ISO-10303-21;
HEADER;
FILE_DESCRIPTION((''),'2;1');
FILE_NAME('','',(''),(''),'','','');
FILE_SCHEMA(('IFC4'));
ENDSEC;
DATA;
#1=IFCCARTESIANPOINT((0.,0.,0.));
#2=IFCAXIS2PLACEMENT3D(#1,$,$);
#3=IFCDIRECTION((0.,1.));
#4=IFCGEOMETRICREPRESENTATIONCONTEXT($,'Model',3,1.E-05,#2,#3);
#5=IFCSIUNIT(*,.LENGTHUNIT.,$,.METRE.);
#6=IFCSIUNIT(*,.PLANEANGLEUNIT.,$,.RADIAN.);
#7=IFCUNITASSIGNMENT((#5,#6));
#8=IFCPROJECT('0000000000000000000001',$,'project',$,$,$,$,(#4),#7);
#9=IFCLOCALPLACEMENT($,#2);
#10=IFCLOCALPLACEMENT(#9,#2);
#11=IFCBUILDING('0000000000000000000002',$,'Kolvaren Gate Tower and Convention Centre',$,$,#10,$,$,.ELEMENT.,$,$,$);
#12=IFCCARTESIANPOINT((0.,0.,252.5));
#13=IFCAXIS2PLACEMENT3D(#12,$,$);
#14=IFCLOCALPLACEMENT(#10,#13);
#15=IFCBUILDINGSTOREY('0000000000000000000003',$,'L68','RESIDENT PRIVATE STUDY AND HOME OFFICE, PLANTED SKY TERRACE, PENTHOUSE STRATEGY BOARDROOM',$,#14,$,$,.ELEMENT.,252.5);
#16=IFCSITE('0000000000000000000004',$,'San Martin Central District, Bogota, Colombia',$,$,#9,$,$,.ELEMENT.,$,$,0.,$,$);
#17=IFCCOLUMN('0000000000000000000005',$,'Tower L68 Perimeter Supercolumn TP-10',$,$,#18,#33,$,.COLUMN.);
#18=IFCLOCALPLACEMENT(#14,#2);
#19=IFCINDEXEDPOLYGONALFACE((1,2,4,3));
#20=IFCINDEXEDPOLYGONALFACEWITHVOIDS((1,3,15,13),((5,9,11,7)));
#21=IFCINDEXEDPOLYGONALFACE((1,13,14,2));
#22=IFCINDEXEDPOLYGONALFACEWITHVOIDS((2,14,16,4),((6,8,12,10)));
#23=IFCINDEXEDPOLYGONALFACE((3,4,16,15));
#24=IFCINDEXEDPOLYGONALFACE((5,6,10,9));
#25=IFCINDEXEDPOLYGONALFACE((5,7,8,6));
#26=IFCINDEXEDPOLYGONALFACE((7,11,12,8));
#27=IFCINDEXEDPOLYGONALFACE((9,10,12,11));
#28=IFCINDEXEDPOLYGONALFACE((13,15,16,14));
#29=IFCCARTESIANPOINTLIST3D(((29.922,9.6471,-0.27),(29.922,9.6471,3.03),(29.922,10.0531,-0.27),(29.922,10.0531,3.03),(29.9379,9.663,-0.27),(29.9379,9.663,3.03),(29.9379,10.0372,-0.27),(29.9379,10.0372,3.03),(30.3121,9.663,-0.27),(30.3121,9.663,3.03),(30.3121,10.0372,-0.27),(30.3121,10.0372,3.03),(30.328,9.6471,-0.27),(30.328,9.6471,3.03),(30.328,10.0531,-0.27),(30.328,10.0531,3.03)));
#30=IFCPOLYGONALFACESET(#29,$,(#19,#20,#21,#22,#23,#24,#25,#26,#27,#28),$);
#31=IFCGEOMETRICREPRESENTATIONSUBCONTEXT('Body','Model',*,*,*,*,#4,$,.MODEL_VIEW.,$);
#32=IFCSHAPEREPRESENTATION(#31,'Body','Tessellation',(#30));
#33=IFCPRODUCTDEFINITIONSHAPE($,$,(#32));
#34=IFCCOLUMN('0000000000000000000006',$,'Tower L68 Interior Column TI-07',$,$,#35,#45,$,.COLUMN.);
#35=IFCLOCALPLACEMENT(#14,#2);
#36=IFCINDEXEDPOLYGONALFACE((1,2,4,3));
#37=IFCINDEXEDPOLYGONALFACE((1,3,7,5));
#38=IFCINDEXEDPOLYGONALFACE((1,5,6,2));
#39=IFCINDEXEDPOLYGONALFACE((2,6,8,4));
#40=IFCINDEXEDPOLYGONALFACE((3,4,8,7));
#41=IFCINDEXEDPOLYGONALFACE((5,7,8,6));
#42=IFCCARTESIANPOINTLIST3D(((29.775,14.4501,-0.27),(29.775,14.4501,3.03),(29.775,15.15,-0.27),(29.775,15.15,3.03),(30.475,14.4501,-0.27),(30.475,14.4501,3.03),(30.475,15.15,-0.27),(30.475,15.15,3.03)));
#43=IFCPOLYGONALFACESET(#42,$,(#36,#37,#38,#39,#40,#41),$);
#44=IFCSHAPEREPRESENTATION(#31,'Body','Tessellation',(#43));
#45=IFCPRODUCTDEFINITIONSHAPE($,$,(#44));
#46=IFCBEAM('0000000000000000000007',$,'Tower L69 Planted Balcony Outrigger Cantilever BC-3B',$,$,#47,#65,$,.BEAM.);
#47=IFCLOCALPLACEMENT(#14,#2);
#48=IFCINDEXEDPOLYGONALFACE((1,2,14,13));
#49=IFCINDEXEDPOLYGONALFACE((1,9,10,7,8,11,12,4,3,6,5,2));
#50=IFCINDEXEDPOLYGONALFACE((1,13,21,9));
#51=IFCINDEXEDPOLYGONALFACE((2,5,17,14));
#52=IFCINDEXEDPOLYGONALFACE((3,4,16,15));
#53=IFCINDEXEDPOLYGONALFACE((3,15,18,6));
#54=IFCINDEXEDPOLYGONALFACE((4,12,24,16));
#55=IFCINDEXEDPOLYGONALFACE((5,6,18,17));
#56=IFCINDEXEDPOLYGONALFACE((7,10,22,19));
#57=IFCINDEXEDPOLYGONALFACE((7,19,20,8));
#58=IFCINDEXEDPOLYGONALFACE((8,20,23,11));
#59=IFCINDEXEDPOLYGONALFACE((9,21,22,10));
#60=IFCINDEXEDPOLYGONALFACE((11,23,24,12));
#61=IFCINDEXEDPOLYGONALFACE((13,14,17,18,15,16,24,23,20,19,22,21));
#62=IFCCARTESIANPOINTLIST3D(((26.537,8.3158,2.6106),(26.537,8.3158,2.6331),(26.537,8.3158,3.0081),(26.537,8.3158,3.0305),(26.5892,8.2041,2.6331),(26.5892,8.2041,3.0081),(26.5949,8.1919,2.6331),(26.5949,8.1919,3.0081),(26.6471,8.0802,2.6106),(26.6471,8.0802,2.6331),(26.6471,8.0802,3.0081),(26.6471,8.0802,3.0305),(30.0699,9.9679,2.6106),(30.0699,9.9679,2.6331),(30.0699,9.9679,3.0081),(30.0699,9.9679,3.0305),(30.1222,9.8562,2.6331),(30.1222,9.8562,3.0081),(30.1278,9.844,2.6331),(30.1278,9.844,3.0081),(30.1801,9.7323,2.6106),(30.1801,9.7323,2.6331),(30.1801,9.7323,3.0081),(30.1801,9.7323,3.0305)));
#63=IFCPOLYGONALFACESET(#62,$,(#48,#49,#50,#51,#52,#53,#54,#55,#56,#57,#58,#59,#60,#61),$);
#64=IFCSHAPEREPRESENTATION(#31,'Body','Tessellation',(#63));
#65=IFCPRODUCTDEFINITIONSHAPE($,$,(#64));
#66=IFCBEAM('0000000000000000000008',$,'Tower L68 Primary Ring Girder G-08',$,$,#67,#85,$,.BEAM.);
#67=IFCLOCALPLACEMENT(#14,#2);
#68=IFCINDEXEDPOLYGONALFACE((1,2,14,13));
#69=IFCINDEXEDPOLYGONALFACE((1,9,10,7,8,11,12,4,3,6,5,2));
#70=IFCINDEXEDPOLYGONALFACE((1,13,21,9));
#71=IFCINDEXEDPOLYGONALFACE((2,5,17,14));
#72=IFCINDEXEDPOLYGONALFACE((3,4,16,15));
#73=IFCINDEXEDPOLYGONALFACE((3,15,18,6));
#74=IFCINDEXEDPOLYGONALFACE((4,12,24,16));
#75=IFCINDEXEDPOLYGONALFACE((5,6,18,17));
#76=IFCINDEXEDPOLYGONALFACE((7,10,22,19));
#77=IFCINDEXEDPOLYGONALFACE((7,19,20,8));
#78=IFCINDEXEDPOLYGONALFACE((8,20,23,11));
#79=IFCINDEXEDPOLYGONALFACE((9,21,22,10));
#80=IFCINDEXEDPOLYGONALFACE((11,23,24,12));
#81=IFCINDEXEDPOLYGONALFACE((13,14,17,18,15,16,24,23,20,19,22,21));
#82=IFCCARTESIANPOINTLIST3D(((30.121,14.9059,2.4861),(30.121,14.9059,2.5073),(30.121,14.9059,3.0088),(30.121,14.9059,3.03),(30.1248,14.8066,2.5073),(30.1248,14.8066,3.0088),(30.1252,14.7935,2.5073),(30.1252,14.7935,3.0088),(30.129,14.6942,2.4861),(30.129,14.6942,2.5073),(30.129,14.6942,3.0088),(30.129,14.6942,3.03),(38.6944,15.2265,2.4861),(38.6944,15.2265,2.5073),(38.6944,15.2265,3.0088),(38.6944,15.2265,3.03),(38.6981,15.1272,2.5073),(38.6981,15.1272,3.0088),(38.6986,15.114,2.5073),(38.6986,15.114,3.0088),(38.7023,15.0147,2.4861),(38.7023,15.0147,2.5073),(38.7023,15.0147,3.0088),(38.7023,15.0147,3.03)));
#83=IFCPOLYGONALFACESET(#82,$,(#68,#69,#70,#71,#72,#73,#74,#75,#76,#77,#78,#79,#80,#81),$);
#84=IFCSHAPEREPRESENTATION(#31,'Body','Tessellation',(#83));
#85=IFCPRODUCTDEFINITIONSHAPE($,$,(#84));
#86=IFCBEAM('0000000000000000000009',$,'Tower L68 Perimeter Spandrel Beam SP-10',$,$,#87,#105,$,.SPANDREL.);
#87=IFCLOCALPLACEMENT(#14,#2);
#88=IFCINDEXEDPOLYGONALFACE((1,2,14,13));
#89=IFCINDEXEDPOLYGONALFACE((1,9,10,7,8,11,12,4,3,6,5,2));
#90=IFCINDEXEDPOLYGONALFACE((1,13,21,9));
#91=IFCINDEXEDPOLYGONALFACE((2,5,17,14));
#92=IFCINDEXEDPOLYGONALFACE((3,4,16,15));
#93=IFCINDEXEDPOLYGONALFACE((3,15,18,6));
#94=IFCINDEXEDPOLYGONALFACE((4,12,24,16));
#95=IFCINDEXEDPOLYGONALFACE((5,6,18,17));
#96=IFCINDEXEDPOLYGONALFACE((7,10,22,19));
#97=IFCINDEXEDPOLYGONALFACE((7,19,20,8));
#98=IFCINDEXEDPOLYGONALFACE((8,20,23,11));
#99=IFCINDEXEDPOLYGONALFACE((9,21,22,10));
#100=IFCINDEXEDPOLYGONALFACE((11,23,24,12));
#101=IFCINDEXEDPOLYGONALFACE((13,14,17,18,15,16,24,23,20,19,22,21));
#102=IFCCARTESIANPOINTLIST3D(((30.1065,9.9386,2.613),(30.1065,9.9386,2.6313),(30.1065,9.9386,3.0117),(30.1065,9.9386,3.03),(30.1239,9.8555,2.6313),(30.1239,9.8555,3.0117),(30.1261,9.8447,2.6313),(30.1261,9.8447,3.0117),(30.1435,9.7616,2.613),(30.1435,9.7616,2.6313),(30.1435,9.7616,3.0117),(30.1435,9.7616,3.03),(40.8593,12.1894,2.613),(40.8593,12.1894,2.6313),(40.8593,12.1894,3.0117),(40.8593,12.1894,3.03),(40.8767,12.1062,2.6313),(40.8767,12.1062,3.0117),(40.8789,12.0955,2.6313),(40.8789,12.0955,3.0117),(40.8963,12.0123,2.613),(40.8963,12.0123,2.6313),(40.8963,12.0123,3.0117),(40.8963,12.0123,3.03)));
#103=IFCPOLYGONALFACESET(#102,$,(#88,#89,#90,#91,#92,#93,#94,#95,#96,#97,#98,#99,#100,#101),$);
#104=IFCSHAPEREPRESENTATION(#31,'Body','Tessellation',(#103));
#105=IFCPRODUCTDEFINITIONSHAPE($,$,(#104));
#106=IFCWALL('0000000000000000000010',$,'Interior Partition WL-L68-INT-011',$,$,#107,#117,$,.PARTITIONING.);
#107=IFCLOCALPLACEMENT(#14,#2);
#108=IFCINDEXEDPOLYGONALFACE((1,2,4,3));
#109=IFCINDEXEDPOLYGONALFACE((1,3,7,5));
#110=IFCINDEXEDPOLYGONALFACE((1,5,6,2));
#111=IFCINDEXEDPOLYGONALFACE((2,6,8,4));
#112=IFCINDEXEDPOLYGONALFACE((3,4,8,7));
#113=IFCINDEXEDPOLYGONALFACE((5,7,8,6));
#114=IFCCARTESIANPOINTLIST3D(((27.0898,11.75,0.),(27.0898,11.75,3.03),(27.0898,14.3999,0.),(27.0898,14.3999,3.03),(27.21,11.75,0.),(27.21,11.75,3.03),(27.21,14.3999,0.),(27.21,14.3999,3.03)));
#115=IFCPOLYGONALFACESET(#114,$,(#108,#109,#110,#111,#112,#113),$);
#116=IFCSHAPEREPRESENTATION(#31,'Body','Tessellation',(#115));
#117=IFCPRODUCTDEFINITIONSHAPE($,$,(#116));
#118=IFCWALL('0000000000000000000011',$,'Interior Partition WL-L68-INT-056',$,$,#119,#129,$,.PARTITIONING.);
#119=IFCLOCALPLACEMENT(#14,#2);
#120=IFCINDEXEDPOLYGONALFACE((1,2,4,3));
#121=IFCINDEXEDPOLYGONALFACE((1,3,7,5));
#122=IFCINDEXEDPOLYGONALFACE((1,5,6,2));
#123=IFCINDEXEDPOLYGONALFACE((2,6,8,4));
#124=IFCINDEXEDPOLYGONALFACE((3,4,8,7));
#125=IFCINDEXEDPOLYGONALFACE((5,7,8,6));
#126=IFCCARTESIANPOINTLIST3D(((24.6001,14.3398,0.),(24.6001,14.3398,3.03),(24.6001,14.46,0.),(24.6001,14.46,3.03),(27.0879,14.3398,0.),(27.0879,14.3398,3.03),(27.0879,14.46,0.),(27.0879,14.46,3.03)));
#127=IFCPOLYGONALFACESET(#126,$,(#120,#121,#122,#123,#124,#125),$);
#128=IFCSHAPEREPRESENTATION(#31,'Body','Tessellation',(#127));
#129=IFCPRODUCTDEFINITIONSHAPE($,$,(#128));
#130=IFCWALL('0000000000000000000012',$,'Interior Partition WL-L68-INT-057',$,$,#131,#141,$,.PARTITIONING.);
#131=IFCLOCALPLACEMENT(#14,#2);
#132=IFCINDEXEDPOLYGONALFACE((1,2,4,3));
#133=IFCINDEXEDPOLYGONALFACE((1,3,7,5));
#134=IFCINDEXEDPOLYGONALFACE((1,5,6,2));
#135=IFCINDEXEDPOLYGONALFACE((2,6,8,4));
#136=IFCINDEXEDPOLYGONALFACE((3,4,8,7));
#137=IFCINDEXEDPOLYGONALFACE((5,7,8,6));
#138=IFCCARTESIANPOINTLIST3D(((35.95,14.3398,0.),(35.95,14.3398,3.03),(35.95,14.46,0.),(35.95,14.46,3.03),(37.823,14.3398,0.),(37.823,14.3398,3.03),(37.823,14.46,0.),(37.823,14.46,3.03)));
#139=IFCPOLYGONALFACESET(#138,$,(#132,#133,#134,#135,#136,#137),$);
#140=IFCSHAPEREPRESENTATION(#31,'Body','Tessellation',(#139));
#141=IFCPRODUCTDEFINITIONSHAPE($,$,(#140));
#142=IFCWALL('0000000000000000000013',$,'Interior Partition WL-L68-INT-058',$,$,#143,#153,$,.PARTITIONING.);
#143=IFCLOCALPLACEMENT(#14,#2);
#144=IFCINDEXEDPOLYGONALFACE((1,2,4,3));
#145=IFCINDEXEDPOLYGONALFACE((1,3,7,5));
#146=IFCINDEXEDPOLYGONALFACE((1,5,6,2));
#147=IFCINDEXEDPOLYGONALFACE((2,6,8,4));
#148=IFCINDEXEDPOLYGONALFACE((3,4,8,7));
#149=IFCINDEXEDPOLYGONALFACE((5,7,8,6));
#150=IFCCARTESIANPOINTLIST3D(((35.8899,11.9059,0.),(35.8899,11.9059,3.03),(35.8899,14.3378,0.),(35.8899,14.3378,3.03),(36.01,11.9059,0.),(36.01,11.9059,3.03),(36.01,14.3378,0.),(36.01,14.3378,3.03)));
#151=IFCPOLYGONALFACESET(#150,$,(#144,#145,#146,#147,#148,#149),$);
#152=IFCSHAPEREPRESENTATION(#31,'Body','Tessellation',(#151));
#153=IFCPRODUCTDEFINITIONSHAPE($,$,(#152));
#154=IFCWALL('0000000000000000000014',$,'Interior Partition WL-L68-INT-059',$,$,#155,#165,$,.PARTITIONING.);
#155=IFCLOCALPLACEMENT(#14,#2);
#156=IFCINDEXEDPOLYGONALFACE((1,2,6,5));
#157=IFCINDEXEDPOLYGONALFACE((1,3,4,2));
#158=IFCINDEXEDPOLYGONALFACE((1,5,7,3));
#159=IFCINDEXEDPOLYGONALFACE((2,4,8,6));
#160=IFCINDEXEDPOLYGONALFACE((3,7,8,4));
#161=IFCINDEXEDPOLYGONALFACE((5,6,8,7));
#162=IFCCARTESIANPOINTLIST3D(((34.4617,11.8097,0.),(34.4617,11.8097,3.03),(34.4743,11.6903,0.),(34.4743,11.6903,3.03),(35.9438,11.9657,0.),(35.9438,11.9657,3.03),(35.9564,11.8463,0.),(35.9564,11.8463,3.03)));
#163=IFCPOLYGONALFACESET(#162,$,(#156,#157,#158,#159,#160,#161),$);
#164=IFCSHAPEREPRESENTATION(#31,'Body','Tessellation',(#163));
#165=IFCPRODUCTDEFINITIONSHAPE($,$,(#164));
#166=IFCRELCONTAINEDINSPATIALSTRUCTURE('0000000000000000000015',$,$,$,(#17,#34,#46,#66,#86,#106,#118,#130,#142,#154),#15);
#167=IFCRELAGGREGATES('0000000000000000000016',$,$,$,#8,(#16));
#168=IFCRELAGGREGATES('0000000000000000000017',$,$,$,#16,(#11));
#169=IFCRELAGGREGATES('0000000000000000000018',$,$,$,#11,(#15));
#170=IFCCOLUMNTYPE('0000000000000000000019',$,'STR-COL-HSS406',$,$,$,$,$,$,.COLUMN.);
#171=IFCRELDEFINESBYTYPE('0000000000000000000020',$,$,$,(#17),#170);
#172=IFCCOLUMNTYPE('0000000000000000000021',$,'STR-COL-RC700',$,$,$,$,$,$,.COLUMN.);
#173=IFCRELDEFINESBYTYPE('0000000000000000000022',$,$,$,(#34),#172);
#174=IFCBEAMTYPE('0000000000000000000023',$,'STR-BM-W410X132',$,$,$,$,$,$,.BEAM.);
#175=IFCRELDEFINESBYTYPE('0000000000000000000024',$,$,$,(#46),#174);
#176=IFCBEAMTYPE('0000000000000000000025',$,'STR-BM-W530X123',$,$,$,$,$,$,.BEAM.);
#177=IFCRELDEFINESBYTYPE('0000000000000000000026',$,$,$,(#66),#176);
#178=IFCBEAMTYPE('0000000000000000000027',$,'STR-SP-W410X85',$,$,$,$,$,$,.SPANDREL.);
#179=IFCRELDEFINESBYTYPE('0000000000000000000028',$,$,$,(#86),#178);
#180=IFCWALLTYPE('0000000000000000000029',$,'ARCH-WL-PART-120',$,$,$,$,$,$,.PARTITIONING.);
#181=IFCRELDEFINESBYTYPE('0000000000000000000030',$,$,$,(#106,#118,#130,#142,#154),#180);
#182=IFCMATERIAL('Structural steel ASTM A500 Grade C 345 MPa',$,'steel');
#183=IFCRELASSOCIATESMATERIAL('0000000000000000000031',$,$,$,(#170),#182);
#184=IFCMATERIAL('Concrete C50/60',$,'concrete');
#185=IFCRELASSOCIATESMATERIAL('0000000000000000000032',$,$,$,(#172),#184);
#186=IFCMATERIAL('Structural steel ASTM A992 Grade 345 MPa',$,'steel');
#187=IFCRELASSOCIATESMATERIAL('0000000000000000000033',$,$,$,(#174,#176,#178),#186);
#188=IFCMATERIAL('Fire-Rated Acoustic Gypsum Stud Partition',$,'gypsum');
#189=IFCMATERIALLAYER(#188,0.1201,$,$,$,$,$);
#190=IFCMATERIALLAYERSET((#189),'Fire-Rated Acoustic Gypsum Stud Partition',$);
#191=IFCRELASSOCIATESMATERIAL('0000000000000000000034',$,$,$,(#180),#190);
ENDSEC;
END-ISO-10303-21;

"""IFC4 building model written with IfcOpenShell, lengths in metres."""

from ifc_helpers import new_model, si_unit, direction, frame, frame_2d, origin, origin_2d, place, context, subcontext, project, spatial, rectangle, hollow_rectangle, i_section, extrude, material, layer, layer_set, material_profile, profile_set, type_object, element, save


model = new_model("IFC4")

# Units and contexts
model_context = context("Model", 3, precision=1e-05, world=origin(), true_north=direction((0.0, 1.0)))
body_context = subcontext(model_context, "Body", "Model", "MODEL_VIEW")
ifc_project = project(units=[si_unit("LENGTHUNIT", "METRE"), si_unit("PLANEANGLEUNIT", "RADIAN")], contexts=[model_context])

# Site, building, storey
site_placement = place(None, origin())
site = spatial("IfcSite", under=ifc_project, at=site_placement, Name="San Martin Central District, Bogota, Colombia", CompositionType="ELEMENT", RefElevation=0.0)
building_placement = place(site_placement, origin())
building = spatial("IfcBuilding", under=site, at=building_placement, Name="Kolvaren Gate Tower and Convention Centre", CompositionType="ELEMENT")
storey_placement = place(building_placement, frame((0.0, 0.0, 252.5)))
storey = spatial("IfcBuildingStorey", under=building, at=storey_placement, Name="L68", Description="RESIDENT PRIVATE STUDY AND HOME OFFICE, PLANTED SKY TERRACE, PENTHOUSE STRATEGY BOARDROOM", CompositionType="ELEMENT", Elevation=252.5)

# Columns
ifc_material_1 = material(Name="Structural steel ASTM A500 Grade C 345 MPa", Category="steel")
ifc_material_profile_1 = material_profile(ifc_material_1, hollow_rectangle(XDim=0.406, YDim=0.406, WallThickness=0.0159, at=origin_2d()), Name="HSS406X406X15.9")
ifc_profile_set_1 = profile_set([ifc_material_profile_1], Name="Structural steel ASTM A500 Grade C 345 MPa")
column_type_1 = type_object("IfcColumnType", Name="STR-COL-HSS406", PredefinedType="COLUMN", material=ifc_profile_set_1)
column_1_placement = place(storey_placement, frame((30.125, 9.8501, -0.27), z_axis=(0.0, 0.0, 1.0), x_axis=(1.0, 0.0, 0.0)))
element("IfcColumn", 1, at=column_1_placement, inside=storey, type_object=column_type_1, Name="Tower L68 Perimeter Supercolumn TP-10", PredefinedType="COLUMN", context=body_context, shape_type="SweptSolid", body=[
    extrude(hollow_rectangle(XDim=0.406, YDim=0.406, WallThickness=0.0159, at=origin_2d()), origin(), (0.0, 0.0, 1.0), 3.3),
])
ifc_material_2 = material(Name="Concrete C50/60", Category="concrete")
ifc_material_profile_2 = material_profile(ifc_material_2, rectangle(XDim=0.7, YDim=0.7, at=origin_2d()), Name="RC-COL-700X700")
ifc_profile_set_2 = profile_set([ifc_material_profile_2], Name="Concrete C50/60")
column_type_2 = type_object("IfcColumnType", Name="STR-COL-RC700", PredefinedType="COLUMN", material=ifc_profile_set_2)
column_2_placement = place(storey_placement, frame((30.125, 14.8, -0.27), z_axis=(0.0, 0.0, 1.0), x_axis=(1.0, 0.0, 0.0)))
element("IfcColumn", 2, at=column_2_placement, inside=storey, type_object=column_type_2, Name="Tower L68 Interior Column TI-07", PredefinedType="COLUMN", context=body_context, shape_type="SweptSolid", body=[
    extrude(rectangle(XDim=0.7, YDim=0.7, at=origin_2d()), origin(), (0.0, 0.0, 1.0), 3.3),
])

# Beams
ifc_material_3 = material(Name="Structural steel ASTM A992 Grade 345 MPa", Category="steel")
ifc_material_profile_3 = material_profile(ifc_material_3, i_section(OverallWidth=0.26, OverallDepth=0.4199, WebThickness=0.0134, FlangeThickness=0.0225, at=origin_2d()), Name="W410X132")
ifc_profile_set_3 = profile_set([ifc_material_profile_3], Name="Structural steel ASTM A992 Grade 345 MPa")
beam_type_1 = type_object("IfcBeamType", Name="STR-BM-W410X132", PredefinedType="BEAM", material=ifc_profile_set_3)
beam_1_placement = place(storey_placement, frame((30.125, 9.8501, 2.8206), z_axis=(-0.90585, -0.423598, 0.0), x_axis=(0.423598, -0.90585, 0.0)))
element("IfcBeam", 3, at=beam_1_placement, inside=storey, type_object=beam_type_1, Name="Tower L69 Planted Balcony Outrigger Cantilever BC-3B", PredefinedType="BEAM", context=body_context, shape_type="SweptSolid", body=[
    extrude(i_section(OverallWidth=0.26, OverallDepth=0.4199, WebThickness=0.0134, FlangeThickness=0.0225, at=origin_2d()), origin(), (0.0, 0.0, 1.0), 3.9001),
])
ifc_material_profile_4 = material_profile(ifc_material_3, i_section(OverallWidth=0.2119, OverallDepth=0.5439, WebThickness=0.0132, FlangeThickness=0.0212, at=origin_2d()), Name="W530X123")
ifc_profile_set_4 = profile_set([ifc_material_profile_4], Name="Structural steel ASTM A992 Grade 345 MPa")
beam_type_2 = type_object("IfcBeamType", Name="STR-BM-W530X123", PredefinedType="BEAM", material=ifc_profile_set_4)
beam_2_placement = place(storey_placement, frame((30.125, 14.8, 2.7581), z_axis=(0.999302, 0.037364, 0.0), x_axis=(-0.037364, 0.999302, 0.0)))
element("IfcBeam", 4, at=beam_2_placement, inside=storey, type_object=beam_type_2, Name="Tower L68 Primary Ring Girder G-08", PredefinedType="BEAM", context=body_context, shape_type="SweptSolid", body=[
    extrude(i_section(OverallWidth=0.2119, OverallDepth=0.5439, WebThickness=0.0132, FlangeThickness=0.0212, at=origin_2d()), origin(), (0.0, 0.0, 1.0), 8.5793),
])
ifc_material_profile_5 = material_profile(ifc_material_3, i_section(OverallWidth=0.1809, OverallDepth=0.417, WebThickness=0.011, FlangeThickness=0.0183, at=origin_2d()), Name="W410X85")
ifc_profile_set_5 = profile_set([ifc_material_profile_5], Name="Structural steel ASTM A992 Grade 345 MPa")
beam_type_3 = type_object("IfcBeamType", Name="STR-SP-W410X85", PredefinedType="SPANDREL", material=ifc_profile_set_5)
beam_3_placement = place(storey_placement, frame((30.125, 9.8501, 2.8215), z_axis=(0.978788, 0.204878, 0.0), x_axis=(-0.204878, 0.978788, 0.0)))
element("IfcBeam", 5, at=beam_3_placement, inside=storey, type_object=beam_type_3, Name="Tower L68 Perimeter Spandrel Beam SP-10", PredefinedType="SPANDREL", context=body_context, shape_type="SweptSolid", body=[
    extrude(i_section(OverallWidth=0.1809, OverallDepth=0.417, WebThickness=0.011, FlangeThickness=0.0183, at=origin_2d()), origin(), (0.0, 0.0, 1.0), 10.9858),
])

# Walls
ifc_material_4 = material(Name="Fire-Rated Acoustic Gypsum Stud Partition", Category="gypsum")
ifc_layer_1 = layer(ifc_material_4, 0.1201)
ifc_layer_set_1 = layer_set([ifc_layer_1], Name="Fire-Rated Acoustic Gypsum Stud Partition")
wall_type_1 = type_object("IfcWallType", Name="ARCH-WL-PART-120", PredefinedType="PARTITIONING", material=ifc_layer_set_1)
wall_1_placement = place(storey_placement, frame((27.1499, 11.75, 0.0), z_axis=(0.0, 0.0, 1.0), x_axis=(0.0, 1.0, 0.0)))
element("IfcWall", 6, at=wall_1_placement, inside=storey, type_object=wall_type_1, Name="Interior Partition WL-L68-INT-011", PredefinedType="PARTITIONING", context=body_context, shape_type="SweptSolid", body=[
    extrude(rectangle(XDim=2.6499, YDim=0.1201, at=frame_2d((1.325, 0.0))), origin(), (0.0, 0.0, 1.0), 3.03),
])
wall_2_placement = place(storey_placement, frame((24.6001, 14.3999, 0.0), z_axis=(0.0, 0.0, 1.0), x_axis=(1.0, 0.0, 0.0)))
element("IfcWall", 7, at=wall_2_placement, inside=storey, type_object=wall_type_1, Name="Interior Partition WL-L68-INT-056", PredefinedType="PARTITIONING", context=body_context, shape_type="SweptSolid", body=[
    extrude(rectangle(XDim=2.4878, YDim=0.1201, at=frame_2d((1.2439, 0.0))), origin(), (0.0, 0.0, 1.0), 3.03),
])
wall_3_placement = place(storey_placement, frame((35.95, 14.3999, 0.0), z_axis=(0.0, 0.0, 1.0), x_axis=(1.0, 0.0, 0.0)))
element("IfcWall", 8, at=wall_3_placement, inside=storey, type_object=wall_type_1, Name="Interior Partition WL-L68-INT-057", PredefinedType="PARTITIONING", context=body_context, shape_type="SweptSolid", body=[
    extrude(rectangle(XDim=1.873, YDim=0.1201, at=frame_2d((0.9365, 0.0))), origin(), (0.0, 0.0, 1.0), 3.03),
])
wall_4_placement = place(storey_placement, frame((35.95, 11.906, 0.0), z_axis=(0.0, 0.0, 1.0), x_axis=(0.0, 1.0, 0.0)))
element("IfcWall", 9, at=wall_4_placement, inside=storey, type_object=wall_type_1, Name="Interior Partition WL-L68-INT-058", PredefinedType="PARTITIONING", context=body_context, shape_type="SweptSolid", body=[
    extrude(rectangle(XDim=2.4319, YDim=0.1201, at=frame_2d((1.2158, 0.0))), origin(), (0.0, 0.0, 1.0), 3.03),
])
wall_5_placement = place(storey_placement, frame((34.468, 11.75, 0.0), z_axis=(0.0, 0.0, 1.0), x_axis=(0.994505, 0.104693, 0.0)))
element("IfcWall", 10, at=wall_5_placement, inside=storey, type_object=wall_type_1, Name="Interior Partition WL-L68-INT-059", PredefinedType="PARTITIONING", context=body_context, shape_type="SweptSolid", body=[
    extrude(rectangle(XDim=1.4902, YDim=0.1201, at=frame_2d((0.7451, 0.0))), origin(), (0.0, 0.0, 1.0), 3.03),
])

save(model, "model.ifc")
